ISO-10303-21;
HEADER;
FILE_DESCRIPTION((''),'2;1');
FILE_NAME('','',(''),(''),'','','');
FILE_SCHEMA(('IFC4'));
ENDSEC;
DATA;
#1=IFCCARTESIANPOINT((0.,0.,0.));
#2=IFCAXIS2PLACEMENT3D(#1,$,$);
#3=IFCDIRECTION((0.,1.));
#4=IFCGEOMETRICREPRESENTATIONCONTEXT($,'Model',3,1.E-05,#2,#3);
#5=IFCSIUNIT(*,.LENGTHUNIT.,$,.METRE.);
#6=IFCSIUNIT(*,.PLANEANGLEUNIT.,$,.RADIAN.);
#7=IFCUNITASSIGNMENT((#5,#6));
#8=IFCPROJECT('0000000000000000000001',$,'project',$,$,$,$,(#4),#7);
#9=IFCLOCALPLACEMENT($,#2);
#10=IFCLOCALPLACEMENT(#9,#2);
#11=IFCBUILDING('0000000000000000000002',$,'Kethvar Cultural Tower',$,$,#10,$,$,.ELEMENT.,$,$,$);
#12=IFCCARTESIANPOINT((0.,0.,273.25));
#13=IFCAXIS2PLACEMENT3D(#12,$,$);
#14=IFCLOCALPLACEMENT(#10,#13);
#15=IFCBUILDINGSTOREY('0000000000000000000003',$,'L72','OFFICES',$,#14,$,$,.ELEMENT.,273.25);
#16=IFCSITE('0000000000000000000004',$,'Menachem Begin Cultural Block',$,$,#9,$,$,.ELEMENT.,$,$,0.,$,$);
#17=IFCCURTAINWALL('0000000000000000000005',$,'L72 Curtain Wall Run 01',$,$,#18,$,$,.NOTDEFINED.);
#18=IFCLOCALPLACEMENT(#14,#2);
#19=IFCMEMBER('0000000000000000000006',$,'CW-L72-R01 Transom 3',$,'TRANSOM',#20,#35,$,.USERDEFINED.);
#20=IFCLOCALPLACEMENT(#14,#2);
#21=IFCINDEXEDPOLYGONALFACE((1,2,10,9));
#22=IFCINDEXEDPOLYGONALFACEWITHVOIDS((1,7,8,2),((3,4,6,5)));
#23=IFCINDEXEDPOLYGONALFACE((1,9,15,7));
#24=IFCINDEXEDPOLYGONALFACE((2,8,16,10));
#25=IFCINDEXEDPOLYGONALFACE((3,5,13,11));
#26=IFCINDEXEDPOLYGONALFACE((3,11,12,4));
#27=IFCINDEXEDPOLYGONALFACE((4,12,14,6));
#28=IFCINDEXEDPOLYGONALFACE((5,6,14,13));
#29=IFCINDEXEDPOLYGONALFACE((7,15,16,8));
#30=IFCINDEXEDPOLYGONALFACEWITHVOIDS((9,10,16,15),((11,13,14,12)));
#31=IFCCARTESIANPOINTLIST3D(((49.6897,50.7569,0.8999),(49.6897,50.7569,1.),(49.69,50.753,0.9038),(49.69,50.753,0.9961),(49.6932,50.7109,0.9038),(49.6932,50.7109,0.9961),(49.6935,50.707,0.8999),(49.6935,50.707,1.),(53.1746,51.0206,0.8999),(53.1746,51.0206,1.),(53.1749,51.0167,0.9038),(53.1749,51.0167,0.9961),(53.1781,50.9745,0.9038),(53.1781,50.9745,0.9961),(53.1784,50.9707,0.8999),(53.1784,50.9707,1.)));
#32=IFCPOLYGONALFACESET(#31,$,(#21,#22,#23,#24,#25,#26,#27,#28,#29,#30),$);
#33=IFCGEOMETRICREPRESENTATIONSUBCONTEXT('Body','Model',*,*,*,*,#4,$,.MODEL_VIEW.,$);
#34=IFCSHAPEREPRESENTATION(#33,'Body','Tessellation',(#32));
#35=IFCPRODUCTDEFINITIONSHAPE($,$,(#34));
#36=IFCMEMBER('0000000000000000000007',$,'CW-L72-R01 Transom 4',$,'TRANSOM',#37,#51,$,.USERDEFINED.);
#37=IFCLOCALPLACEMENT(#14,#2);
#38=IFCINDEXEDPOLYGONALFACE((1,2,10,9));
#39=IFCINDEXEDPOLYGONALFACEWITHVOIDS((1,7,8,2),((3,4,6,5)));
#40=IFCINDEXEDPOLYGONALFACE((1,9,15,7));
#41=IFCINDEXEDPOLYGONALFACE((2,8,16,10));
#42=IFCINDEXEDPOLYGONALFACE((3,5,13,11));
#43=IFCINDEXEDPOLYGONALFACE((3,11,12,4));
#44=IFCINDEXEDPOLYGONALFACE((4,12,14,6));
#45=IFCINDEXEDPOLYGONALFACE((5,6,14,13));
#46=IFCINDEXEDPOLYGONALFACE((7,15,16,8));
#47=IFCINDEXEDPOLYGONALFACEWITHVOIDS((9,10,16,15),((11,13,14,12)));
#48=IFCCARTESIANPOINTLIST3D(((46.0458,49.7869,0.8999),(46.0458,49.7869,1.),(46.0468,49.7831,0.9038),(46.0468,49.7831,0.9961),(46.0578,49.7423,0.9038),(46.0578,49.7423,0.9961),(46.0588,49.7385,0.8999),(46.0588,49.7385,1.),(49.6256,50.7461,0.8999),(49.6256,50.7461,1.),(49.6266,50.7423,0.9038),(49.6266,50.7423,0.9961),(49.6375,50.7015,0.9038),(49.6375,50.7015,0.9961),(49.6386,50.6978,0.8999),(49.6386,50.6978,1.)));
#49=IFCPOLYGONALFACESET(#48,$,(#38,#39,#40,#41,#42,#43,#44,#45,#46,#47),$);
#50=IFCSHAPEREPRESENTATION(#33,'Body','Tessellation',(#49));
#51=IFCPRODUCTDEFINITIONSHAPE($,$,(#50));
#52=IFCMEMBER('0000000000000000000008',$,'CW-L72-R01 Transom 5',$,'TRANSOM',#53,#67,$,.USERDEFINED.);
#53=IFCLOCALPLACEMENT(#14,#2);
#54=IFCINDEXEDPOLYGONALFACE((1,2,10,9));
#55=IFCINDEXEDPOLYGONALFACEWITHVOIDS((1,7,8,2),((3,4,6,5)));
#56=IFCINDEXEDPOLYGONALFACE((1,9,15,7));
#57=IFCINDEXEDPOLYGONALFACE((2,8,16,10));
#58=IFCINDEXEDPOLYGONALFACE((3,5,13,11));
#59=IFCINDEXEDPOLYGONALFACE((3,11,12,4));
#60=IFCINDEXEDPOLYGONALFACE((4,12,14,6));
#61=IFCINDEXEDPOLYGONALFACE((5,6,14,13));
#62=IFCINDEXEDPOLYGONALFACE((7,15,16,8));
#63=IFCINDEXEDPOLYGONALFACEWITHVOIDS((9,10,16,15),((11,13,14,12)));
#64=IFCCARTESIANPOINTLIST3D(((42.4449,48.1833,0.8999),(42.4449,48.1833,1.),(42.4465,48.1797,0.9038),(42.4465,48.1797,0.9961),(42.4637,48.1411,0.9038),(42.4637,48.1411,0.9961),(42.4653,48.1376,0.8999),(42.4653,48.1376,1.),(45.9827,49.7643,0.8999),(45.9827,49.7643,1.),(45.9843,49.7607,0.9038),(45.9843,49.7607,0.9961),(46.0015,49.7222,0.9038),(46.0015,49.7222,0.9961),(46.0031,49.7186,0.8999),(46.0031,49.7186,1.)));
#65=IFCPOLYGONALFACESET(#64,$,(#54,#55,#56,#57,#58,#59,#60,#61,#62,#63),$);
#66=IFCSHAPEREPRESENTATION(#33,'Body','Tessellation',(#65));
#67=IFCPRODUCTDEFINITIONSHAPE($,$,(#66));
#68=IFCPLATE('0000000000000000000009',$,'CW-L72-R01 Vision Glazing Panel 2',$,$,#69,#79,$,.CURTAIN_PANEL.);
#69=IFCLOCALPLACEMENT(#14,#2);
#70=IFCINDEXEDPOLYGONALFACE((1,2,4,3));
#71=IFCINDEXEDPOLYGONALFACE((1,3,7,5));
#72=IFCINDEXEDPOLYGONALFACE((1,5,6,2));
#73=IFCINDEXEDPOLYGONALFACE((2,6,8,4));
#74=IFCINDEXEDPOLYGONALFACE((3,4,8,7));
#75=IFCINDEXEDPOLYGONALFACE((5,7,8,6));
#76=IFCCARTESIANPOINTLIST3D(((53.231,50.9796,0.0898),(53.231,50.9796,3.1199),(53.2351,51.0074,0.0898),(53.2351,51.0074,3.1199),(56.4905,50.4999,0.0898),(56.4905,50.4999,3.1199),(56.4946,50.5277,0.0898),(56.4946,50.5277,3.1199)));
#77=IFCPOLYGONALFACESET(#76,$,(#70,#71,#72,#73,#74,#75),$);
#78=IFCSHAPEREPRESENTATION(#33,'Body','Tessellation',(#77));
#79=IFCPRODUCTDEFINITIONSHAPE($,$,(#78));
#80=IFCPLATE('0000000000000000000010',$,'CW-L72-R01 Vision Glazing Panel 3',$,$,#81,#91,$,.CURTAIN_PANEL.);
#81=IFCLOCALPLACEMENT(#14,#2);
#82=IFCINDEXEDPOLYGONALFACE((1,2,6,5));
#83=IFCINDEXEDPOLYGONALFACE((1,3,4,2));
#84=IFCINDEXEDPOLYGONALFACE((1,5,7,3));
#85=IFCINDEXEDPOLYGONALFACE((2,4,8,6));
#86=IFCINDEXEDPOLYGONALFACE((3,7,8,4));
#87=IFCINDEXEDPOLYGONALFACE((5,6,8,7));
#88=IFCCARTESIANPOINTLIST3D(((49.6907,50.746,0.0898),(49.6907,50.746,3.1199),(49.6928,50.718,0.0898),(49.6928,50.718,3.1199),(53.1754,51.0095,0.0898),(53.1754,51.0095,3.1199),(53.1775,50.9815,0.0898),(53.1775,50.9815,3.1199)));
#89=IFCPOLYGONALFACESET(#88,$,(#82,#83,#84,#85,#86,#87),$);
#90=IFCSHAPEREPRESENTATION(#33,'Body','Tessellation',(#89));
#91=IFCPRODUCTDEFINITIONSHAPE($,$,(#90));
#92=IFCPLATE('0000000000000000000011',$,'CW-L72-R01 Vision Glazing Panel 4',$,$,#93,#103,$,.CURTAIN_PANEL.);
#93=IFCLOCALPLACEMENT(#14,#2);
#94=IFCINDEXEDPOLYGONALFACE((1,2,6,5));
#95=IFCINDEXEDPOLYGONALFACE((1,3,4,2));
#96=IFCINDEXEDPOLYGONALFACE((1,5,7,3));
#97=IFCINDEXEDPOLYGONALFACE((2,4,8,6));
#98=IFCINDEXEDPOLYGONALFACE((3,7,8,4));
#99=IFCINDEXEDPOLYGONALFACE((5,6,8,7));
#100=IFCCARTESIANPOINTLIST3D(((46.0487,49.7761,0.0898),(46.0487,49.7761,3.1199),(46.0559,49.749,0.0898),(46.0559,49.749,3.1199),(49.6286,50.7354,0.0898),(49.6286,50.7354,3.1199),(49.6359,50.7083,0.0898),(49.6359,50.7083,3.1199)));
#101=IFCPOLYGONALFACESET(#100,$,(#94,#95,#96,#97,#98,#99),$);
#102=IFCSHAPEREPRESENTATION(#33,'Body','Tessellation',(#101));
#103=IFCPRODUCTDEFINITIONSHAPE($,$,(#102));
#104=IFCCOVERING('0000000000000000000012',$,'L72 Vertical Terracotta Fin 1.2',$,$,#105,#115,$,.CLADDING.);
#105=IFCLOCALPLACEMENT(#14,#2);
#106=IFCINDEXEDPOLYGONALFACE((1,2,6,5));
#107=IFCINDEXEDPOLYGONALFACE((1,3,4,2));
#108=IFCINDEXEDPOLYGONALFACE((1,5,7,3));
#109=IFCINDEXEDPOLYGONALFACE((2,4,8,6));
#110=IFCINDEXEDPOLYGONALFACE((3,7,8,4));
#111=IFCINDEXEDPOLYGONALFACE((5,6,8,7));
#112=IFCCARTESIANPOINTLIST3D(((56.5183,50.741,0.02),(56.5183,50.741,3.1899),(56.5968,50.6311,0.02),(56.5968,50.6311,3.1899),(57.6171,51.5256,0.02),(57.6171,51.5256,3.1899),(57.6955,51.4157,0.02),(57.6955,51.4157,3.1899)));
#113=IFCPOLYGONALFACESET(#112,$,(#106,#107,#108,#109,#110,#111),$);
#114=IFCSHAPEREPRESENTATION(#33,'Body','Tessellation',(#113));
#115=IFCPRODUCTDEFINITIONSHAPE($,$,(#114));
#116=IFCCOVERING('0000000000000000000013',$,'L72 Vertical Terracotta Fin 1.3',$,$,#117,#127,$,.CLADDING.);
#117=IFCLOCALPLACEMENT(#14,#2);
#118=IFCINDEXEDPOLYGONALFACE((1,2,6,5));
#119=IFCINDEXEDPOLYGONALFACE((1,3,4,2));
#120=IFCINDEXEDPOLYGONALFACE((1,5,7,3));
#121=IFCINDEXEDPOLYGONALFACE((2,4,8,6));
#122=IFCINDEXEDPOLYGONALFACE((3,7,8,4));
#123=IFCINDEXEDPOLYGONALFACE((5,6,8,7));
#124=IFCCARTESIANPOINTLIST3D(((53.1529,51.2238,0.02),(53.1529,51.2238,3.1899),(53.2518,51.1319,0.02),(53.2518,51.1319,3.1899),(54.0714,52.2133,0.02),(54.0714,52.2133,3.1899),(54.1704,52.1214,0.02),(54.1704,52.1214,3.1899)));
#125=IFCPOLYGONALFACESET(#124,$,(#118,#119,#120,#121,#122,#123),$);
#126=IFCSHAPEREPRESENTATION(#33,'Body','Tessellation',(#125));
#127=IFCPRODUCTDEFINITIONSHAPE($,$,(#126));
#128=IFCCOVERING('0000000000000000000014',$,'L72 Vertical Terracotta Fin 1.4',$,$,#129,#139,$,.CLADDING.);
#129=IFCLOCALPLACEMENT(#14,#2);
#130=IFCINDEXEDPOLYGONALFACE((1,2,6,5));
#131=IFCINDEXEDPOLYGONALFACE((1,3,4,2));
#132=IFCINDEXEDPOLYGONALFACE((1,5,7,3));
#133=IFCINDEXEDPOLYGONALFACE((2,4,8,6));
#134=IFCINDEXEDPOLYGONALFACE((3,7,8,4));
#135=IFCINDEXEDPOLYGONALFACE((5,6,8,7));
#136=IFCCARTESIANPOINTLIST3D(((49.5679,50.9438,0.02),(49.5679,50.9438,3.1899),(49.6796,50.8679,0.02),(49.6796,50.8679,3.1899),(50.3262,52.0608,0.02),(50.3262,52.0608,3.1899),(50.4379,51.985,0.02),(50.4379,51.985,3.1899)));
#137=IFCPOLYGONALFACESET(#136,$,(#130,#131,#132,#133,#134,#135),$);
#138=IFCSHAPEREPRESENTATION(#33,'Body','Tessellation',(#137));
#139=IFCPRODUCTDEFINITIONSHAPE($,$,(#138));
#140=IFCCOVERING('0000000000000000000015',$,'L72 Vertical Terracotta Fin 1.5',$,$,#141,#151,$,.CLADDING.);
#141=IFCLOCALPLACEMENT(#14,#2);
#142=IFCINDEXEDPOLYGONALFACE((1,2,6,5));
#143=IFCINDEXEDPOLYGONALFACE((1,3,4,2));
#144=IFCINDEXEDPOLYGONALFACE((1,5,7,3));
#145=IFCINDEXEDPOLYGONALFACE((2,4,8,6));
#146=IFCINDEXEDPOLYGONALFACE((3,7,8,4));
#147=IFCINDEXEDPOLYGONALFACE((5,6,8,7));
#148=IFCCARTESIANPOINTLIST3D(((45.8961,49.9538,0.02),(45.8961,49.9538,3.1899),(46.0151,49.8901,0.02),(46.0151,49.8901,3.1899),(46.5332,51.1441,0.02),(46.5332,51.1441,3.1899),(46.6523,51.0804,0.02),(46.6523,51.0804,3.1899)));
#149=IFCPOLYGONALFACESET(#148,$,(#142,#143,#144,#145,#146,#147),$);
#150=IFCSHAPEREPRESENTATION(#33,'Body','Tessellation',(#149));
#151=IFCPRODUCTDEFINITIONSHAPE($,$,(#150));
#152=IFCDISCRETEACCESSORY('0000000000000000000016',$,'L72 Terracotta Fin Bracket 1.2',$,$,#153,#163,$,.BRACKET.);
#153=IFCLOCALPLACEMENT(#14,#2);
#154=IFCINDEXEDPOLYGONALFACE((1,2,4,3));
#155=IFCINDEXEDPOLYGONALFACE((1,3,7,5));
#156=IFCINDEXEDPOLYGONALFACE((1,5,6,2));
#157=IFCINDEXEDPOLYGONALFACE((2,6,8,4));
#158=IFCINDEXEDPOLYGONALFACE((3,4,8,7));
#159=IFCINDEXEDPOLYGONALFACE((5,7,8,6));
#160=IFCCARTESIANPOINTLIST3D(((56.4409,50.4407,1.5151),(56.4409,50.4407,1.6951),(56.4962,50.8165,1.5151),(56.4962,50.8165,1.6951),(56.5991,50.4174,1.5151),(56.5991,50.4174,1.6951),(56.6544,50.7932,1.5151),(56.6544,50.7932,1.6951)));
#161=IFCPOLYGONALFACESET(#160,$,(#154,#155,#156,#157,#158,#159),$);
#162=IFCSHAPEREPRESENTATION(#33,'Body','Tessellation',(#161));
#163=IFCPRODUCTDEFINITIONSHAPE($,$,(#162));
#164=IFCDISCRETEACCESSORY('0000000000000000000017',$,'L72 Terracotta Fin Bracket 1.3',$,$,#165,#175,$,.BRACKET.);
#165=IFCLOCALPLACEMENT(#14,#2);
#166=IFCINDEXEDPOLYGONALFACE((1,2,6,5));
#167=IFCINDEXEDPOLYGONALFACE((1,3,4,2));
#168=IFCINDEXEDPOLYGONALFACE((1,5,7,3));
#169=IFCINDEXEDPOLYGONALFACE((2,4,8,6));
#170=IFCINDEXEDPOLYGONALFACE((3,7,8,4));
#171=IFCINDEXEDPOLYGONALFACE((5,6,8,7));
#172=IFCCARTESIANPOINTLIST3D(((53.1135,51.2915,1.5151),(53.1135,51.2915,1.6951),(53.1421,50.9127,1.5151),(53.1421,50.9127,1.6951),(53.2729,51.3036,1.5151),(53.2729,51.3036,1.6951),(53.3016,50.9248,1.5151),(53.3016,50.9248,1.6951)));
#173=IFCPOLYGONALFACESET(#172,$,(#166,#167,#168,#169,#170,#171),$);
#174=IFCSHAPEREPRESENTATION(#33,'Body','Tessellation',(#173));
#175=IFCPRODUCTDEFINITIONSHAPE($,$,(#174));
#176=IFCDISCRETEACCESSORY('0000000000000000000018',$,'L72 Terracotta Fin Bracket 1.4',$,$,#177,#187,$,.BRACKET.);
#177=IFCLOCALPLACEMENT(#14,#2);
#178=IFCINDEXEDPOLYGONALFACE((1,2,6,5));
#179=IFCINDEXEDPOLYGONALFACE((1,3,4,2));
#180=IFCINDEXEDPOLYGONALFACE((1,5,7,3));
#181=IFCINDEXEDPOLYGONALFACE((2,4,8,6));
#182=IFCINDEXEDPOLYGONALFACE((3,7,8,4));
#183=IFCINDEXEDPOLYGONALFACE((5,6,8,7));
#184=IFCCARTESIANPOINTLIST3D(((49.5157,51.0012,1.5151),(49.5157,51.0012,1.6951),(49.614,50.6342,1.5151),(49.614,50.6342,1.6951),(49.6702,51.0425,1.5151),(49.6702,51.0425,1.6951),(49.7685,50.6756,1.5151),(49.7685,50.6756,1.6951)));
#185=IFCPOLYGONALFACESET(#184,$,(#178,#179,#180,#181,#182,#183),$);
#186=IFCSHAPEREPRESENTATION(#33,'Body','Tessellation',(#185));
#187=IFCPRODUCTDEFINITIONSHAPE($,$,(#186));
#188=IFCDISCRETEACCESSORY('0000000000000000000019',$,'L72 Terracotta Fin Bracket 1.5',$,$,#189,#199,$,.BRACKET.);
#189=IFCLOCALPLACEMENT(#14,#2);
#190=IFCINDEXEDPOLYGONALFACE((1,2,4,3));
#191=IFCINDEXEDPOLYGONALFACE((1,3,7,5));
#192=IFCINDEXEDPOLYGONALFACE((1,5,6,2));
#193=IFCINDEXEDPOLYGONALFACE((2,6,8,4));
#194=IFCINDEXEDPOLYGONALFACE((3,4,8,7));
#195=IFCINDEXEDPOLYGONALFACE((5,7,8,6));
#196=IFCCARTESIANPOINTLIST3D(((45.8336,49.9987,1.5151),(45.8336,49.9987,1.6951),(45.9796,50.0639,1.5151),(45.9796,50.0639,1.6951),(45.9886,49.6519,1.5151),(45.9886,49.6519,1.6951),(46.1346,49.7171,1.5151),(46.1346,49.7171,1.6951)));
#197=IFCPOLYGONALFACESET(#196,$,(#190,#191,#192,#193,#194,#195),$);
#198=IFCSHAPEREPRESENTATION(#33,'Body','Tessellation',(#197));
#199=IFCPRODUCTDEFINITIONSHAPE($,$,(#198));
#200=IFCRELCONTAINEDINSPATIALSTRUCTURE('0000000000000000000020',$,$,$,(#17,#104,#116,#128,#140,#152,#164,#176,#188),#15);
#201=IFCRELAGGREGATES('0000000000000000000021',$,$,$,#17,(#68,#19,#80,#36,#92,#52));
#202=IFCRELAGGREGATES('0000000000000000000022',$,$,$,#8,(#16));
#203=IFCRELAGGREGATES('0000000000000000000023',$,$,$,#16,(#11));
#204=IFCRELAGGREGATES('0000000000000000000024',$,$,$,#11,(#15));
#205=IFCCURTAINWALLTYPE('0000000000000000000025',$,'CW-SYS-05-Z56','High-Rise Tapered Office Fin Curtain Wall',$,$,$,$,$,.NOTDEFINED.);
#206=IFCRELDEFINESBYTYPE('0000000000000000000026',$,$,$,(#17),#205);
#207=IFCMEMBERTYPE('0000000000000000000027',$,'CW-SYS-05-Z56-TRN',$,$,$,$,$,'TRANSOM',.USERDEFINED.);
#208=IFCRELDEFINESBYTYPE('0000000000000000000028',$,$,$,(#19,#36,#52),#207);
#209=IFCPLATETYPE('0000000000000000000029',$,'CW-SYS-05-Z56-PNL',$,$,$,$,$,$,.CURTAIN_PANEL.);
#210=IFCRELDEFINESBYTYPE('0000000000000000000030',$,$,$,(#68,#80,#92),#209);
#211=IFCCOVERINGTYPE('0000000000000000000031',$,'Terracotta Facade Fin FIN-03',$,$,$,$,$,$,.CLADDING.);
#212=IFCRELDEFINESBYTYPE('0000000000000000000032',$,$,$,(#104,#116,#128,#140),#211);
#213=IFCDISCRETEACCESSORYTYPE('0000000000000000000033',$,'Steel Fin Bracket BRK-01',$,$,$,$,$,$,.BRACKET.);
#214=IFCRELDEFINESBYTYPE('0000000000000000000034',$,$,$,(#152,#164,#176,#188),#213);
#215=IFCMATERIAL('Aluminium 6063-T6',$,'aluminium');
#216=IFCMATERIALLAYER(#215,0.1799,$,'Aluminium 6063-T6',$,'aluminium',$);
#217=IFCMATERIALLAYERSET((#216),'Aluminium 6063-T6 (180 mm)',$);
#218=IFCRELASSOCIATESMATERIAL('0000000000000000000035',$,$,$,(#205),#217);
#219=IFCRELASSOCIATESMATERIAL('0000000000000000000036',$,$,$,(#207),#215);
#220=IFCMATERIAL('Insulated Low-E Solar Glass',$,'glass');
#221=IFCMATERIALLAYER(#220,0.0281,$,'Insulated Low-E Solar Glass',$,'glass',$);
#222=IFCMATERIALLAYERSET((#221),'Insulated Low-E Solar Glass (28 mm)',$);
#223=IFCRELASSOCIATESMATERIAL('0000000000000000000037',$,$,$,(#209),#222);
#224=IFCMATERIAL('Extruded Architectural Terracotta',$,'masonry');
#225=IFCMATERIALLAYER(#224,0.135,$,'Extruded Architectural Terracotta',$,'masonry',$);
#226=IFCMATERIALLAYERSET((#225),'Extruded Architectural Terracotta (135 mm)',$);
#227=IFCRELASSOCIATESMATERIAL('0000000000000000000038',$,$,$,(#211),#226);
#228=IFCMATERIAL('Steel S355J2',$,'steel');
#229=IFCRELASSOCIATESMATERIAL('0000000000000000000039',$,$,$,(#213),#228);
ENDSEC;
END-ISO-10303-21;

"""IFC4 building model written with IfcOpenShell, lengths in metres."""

from ifc_helpers import new_model, si_unit, direction, frame, origin, origin_2d, place, context, subcontext, project, spatial, rectangle, hollow_rectangle, extrude, source, transform, mapped, material, layer, layer_set, material_profile, profile_set, type_object, element, aggregate, save


model = new_model("IFC4")

# Units and contexts
model_context = context("Model", 3, precision=1e-05, world=origin(), true_north=direction((0.0, 1.0)))
body_context = subcontext(model_context, "Body", "Model", "MODEL_VIEW")
ifc_project = project(units=[si_unit("LENGTHUNIT", "METRE"), si_unit("PLANEANGLEUNIT", "RADIAN")], contexts=[model_context])

# Site, building, storey
site_placement = place(None, origin())
site = spatial("IfcSite", under=ifc_project, at=site_placement, Name="Menachem Begin Cultural Block", CompositionType="ELEMENT", RefElevation=0.0)
building_placement = place(site_placement, origin())
building = spatial("IfcBuilding", under=site, at=building_placement, Name="Kethvar Cultural Tower", CompositionType="ELEMENT")
storey_placement = place(building_placement, frame((0.0, 0.0, 273.25)))
storey = spatial("IfcBuildingStorey", under=building, at=storey_placement, Name="L72", Description="OFFICES", CompositionType="ELEMENT", Elevation=273.25)

# Shared definitions
ifc_material_1 = material(Name="Steel S355J2", Category="steel")

# Curtain wall, members, plates
ifc_material_2 = material(Name="Aluminium 6063-T6", Category="aluminium")
ifc_layer_1 = layer(ifc_material_2, 0.1799, Name="Aluminium 6063-T6", Category="aluminium")
ifc_layer_set_1 = layer_set([ifc_layer_1], Name="Aluminium 6063-T6 (180 mm)")
curtain_wall_type = type_object("IfcCurtainWallType", Name="CW-SYS-05-Z56", Description="High-Rise Tapered Office Fin Curtain Wall", PredefinedType="NOTDEFINED", material=ifc_layer_set_1)
curtain_wall_placement = place(storey_placement, origin())
curtain_wall = element("IfcCurtainWall", 1, at=curtain_wall_placement, inside=storey, type_object=curtain_wall_type, Name="L72 Curtain Wall Run 01", PredefinedType="NOTDEFINED")
ifc_material_profile_1 = material_profile(ifc_material_2, hollow_rectangle(XDim=0.05, YDim=0.1001, WallThickness=0.0039, at=origin_2d()), Name="Aluminium 6063-T6 — RHS100x50x4")
ifc_profile_set_1 = profile_set([ifc_material_profile_1], Name="Aluminium 6063-T6 — RHS100x50x4")
member_type_1 = type_object("IfcMemberType", Name="CW-SYS-05-Z56-TRN", ElementType="TRANSOM", PredefinedType="USERDEFINED", material=ifc_profile_set_1)
shared_shape_1 = source(origin(), body_context, "Body", "SweptSolid", [
    extrude(hollow_rectangle(XDim=0.05, YDim=0.1001, WallThickness=0.0039, at=origin_2d()), origin(), (0.0, 0.0, 1.0), 3.4949),
])
member_1_placement = place(storey_placement, frame((53.1765, 50.9956, 0.95), z_axis=(-0.99715, -0.075446, 0.0), x_axis=(0.075446, -0.99715, 0.0)))
member_1 = element("IfcMember", 2, at=member_1_placement, type_object=member_type_1, Name="CW-L72-R01 Transom 3", ObjectType="TRANSOM", PredefinedType="USERDEFINED", context=body_context, shape_type="MappedRepresentation", body=[
    mapped(shared_shape_1, transform((0.0, 0.0, 0.0), scale=1.0)),
])
shared_shape_2 = source(origin(), body_context, "Body", "SweptSolid", [
    extrude(hollow_rectangle(XDim=0.05, YDim=0.1001, WallThickness=0.0039, at=origin_2d()), origin(), (0.0, 0.0, 1.0), 3.7061),
])
member_2_placement = place(storey_placement, frame((49.6321, 50.7219, 0.95), z_axis=(-0.965925, -0.258823, 0.0), x_axis=(0.258823, -0.965925, 0.0)))
member_2 = element("IfcMember", 3, at=member_2_placement, type_object=member_type_1, Name="CW-L72-R01 Transom 4", ObjectType="TRANSOM", PredefinedType="USERDEFINED", context=body_context, shape_type="MappedRepresentation", body=[
    mapped(shared_shape_2, transform((0.0, 0.0, 0.0), scale=1.0)),
])
shared_shape_3 = source(origin(), body_context, "Body", "SweptSolid", [
    extrude(hollow_rectangle(XDim=0.05, YDim=0.1001, WallThickness=0.0039, at=origin_2d()), origin(), (0.0, 0.0, 1.0), 3.875),
])
member_3_placement = place(storey_placement, frame((45.9929, 49.7415, 0.95), z_axis=(-0.912978, -0.408008, 0.0), x_axis=(0.408008, -0.912978, 0.0)))
member_3 = element("IfcMember", 4, at=member_3_placement, type_object=member_type_1, Name="CW-L72-R01 Transom 5", ObjectType="TRANSOM", PredefinedType="USERDEFINED", context=body_context, shape_type="MappedRepresentation", body=[
    mapped(shared_shape_3, transform((0.0, 0.0, 0.0), scale=1.0)),
])
ifc_material_3 = material(Name="Insulated Low-E Solar Glass", Category="glass")
ifc_layer_2 = layer(ifc_material_3, 0.0281, Name="Insulated Low-E Solar Glass", Category="glass")
ifc_layer_set_2 = layer_set([ifc_layer_2], Name="Insulated Low-E Solar Glass (28 mm)")
plate_type = type_object("IfcPlateType", Name="CW-SYS-05-Z56-PNL", PredefinedType="CURTAIN_PANEL", material=ifc_layer_set_2)
shared_shape_4 = source(origin(), body_context, "Body", "SweptSolid", [
    extrude(rectangle(XDim=3.2947, YDim=0.0281, at=origin_2d()), origin(), (0.0, 0.0, 1.0), 3.03),
])
plate_1_placement = place(storey_placement, frame((54.8628, 50.7537, 0.0898), z_axis=(0.0, 0.0, 1.0), x_axis=(-0.989344, 0.1456, 0.0)))
plate_1 = element("IfcPlate", 5, at=plate_1_placement, type_object=plate_type, Name="CW-L72-R01 Vision Glazing Panel 2", PredefinedType="CURTAIN_PANEL", context=body_context, shape_type="MappedRepresentation", body=[
    mapped(shared_shape_4, transform((0.0, 0.0, 0.0), scale=1.0)),
])
shared_shape_5 = source(origin(), body_context, "Body", "SweptSolid", [
    extrude(rectangle(XDim=3.4946, YDim=0.0281, at=origin_2d()), origin(), (0.0, 0.0, 1.0), 3.03),
])
plate_2_placement = place(storey_placement, frame((51.4341, 50.8638, 0.0898), z_axis=(0.0, 0.0, 1.0), x_axis=(-0.997152, -0.075414, 0.0)))
plate_2 = element("IfcPlate", 6, at=plate_2_placement, type_object=plate_type, Name="CW-L72-R01 Vision Glazing Panel 3", PredefinedType="CURTAIN_PANEL", context=body_context, shape_type="MappedRepresentation", body=[
    mapped(shared_shape_5, transform((0.0, 0.0, 0.0), scale=1.0)),
])
shared_shape_6 = source(origin(), body_context, "Body", "SweptSolid", [
    extrude(rectangle(XDim=3.7063, YDim=0.0281, at=origin_2d()), origin(), (0.0, 0.0, 1.0), 3.03),
])
plate_3_placement = place(storey_placement, frame((47.8423, 50.2422, 0.0898), z_axis=(0.0, 0.0, 1.0), x_axis=(-0.965921, -0.258836, 0.0)))
plate_3 = element("IfcPlate", 7, at=plate_3_placement, type_object=plate_type, Name="CW-L72-R01 Vision Glazing Panel 4", PredefinedType="CURTAIN_PANEL", context=body_context, shape_type="MappedRepresentation", body=[
    mapped(shared_shape_6, transform((0.0, 0.0, 0.0), scale=1.0)),
])
aggregate(curtain_wall, [plate_1, member_1, plate_2, member_2, plate_3, member_3])

# Coverings
ifc_material_4 = material(Name="Extruded Architectural Terracotta", Category="masonry")
ifc_layer_3 = layer(ifc_material_4, 0.135, Name="Extruded Architectural Terracotta", Category="masonry")
ifc_layer_set_3 = layer_set([ifc_layer_3], Name="Extruded Architectural Terracotta (135 mm)")
covering_type = type_object("IfcCoveringType", Name="Terracotta Facade Fin FIN-03", PredefinedType="CLADDING", material=ifc_layer_set_3)
shared_shape_7 = source(origin(), body_context, "Body", "SweptSolid", [
    extrude(rectangle(XDim=1.3501, YDim=0.135, at=origin_2d()), origin(), (0.0, 0.0, 1.0), 3.1699),
])
for number, where, z_axis, x_axis, name in (
    (8, (57.1069, 51.0784, 0.02), (0.0, 0.0, 1.0), (0.813811, 0.581129, 0.0), "L72 Vertical Terracotta Fin 1.2"),
    (9, (53.6616, 51.6726, 0.02), (0.0, 0.0, 1.0), (0.680337, 0.732899, 0.0), "L72 Vertical Terracotta Fin 1.3"),
    (10, (50.0029, 51.4644, 0.02), (0.0, 0.0, 1.0), (0.56165, 0.827375, 0.0), "L72 Vertical Terracotta Fin 1.4"),
    (11, (46.2742, 50.5171, 0.02), (0.0, 0.0, 1.0), (0.471935, 0.881633, 0.0), "L72 Vertical Terracotta Fin 1.5"),
):
    element("IfcCovering", number, at=place(storey_placement, frame(where, z_axis=z_axis, x_axis=x_axis)), inside=storey, type_object=covering_type, Name=name, PredefinedType="CLADDING", context=body_context, shape_type="MappedRepresentation", body=[
        mapped(shared_shape_7, transform((0.0, 0.0, 0.0), scale=1.0)),
    ])

# Discrete accessories
discrete_accessory_type = type_object("IfcDiscreteAccessoryType", Name="Steel Fin Bracket BRK-01", PredefinedType="BRACKET", material=ifc_material_1)
shared_shape_8 = source(origin(), body_context, "Body", "SweptSolid", [
    extrude(rectangle(XDim=0.3799, YDim=0.1599, at=origin_2d()), origin(), (0.0, 0.0, 1.0), 0.1799),
])
for number, where, z_axis, x_axis, name in (
    (12, (56.5476, 50.6169, 1.5151), (0.0, 0.0, 1.0), (0.145565, 0.989349, 0.0), "L72 Terracotta Fin Bracket 1.2"),
    (13, (53.2075, 51.1082, 1.5151), (0.0, 0.0, 1.0), (-0.075327, 0.997159, 0.0), "L72 Terracotta Fin Bracket 1.3"),
    (14, (49.6421, 50.8384, 1.5151), (0.0, 0.0, 1.0), (-0.258819, 0.965926, 0.0), "L72 Terracotta Fin Bracket 1.4"),
    (15, (45.9841, 49.8579, 1.5151), (0.0, 0.0, 1.0), (-0.408012, 0.912977, 0.0), "L72 Terracotta Fin Bracket 1.5"),
):
    element("IfcDiscreteAccessory", number, at=place(storey_placement, frame(where, z_axis=z_axis, x_axis=x_axis)), inside=storey, type_object=discrete_accessory_type, Name=name, PredefinedType="BRACKET", context=body_context, shape_type="MappedRepresentation", body=[
        mapped(shared_shape_8, transform((0.0, 0.0, 0.0), scale=1.0)),
    ])

save(model, "model.ifc")
